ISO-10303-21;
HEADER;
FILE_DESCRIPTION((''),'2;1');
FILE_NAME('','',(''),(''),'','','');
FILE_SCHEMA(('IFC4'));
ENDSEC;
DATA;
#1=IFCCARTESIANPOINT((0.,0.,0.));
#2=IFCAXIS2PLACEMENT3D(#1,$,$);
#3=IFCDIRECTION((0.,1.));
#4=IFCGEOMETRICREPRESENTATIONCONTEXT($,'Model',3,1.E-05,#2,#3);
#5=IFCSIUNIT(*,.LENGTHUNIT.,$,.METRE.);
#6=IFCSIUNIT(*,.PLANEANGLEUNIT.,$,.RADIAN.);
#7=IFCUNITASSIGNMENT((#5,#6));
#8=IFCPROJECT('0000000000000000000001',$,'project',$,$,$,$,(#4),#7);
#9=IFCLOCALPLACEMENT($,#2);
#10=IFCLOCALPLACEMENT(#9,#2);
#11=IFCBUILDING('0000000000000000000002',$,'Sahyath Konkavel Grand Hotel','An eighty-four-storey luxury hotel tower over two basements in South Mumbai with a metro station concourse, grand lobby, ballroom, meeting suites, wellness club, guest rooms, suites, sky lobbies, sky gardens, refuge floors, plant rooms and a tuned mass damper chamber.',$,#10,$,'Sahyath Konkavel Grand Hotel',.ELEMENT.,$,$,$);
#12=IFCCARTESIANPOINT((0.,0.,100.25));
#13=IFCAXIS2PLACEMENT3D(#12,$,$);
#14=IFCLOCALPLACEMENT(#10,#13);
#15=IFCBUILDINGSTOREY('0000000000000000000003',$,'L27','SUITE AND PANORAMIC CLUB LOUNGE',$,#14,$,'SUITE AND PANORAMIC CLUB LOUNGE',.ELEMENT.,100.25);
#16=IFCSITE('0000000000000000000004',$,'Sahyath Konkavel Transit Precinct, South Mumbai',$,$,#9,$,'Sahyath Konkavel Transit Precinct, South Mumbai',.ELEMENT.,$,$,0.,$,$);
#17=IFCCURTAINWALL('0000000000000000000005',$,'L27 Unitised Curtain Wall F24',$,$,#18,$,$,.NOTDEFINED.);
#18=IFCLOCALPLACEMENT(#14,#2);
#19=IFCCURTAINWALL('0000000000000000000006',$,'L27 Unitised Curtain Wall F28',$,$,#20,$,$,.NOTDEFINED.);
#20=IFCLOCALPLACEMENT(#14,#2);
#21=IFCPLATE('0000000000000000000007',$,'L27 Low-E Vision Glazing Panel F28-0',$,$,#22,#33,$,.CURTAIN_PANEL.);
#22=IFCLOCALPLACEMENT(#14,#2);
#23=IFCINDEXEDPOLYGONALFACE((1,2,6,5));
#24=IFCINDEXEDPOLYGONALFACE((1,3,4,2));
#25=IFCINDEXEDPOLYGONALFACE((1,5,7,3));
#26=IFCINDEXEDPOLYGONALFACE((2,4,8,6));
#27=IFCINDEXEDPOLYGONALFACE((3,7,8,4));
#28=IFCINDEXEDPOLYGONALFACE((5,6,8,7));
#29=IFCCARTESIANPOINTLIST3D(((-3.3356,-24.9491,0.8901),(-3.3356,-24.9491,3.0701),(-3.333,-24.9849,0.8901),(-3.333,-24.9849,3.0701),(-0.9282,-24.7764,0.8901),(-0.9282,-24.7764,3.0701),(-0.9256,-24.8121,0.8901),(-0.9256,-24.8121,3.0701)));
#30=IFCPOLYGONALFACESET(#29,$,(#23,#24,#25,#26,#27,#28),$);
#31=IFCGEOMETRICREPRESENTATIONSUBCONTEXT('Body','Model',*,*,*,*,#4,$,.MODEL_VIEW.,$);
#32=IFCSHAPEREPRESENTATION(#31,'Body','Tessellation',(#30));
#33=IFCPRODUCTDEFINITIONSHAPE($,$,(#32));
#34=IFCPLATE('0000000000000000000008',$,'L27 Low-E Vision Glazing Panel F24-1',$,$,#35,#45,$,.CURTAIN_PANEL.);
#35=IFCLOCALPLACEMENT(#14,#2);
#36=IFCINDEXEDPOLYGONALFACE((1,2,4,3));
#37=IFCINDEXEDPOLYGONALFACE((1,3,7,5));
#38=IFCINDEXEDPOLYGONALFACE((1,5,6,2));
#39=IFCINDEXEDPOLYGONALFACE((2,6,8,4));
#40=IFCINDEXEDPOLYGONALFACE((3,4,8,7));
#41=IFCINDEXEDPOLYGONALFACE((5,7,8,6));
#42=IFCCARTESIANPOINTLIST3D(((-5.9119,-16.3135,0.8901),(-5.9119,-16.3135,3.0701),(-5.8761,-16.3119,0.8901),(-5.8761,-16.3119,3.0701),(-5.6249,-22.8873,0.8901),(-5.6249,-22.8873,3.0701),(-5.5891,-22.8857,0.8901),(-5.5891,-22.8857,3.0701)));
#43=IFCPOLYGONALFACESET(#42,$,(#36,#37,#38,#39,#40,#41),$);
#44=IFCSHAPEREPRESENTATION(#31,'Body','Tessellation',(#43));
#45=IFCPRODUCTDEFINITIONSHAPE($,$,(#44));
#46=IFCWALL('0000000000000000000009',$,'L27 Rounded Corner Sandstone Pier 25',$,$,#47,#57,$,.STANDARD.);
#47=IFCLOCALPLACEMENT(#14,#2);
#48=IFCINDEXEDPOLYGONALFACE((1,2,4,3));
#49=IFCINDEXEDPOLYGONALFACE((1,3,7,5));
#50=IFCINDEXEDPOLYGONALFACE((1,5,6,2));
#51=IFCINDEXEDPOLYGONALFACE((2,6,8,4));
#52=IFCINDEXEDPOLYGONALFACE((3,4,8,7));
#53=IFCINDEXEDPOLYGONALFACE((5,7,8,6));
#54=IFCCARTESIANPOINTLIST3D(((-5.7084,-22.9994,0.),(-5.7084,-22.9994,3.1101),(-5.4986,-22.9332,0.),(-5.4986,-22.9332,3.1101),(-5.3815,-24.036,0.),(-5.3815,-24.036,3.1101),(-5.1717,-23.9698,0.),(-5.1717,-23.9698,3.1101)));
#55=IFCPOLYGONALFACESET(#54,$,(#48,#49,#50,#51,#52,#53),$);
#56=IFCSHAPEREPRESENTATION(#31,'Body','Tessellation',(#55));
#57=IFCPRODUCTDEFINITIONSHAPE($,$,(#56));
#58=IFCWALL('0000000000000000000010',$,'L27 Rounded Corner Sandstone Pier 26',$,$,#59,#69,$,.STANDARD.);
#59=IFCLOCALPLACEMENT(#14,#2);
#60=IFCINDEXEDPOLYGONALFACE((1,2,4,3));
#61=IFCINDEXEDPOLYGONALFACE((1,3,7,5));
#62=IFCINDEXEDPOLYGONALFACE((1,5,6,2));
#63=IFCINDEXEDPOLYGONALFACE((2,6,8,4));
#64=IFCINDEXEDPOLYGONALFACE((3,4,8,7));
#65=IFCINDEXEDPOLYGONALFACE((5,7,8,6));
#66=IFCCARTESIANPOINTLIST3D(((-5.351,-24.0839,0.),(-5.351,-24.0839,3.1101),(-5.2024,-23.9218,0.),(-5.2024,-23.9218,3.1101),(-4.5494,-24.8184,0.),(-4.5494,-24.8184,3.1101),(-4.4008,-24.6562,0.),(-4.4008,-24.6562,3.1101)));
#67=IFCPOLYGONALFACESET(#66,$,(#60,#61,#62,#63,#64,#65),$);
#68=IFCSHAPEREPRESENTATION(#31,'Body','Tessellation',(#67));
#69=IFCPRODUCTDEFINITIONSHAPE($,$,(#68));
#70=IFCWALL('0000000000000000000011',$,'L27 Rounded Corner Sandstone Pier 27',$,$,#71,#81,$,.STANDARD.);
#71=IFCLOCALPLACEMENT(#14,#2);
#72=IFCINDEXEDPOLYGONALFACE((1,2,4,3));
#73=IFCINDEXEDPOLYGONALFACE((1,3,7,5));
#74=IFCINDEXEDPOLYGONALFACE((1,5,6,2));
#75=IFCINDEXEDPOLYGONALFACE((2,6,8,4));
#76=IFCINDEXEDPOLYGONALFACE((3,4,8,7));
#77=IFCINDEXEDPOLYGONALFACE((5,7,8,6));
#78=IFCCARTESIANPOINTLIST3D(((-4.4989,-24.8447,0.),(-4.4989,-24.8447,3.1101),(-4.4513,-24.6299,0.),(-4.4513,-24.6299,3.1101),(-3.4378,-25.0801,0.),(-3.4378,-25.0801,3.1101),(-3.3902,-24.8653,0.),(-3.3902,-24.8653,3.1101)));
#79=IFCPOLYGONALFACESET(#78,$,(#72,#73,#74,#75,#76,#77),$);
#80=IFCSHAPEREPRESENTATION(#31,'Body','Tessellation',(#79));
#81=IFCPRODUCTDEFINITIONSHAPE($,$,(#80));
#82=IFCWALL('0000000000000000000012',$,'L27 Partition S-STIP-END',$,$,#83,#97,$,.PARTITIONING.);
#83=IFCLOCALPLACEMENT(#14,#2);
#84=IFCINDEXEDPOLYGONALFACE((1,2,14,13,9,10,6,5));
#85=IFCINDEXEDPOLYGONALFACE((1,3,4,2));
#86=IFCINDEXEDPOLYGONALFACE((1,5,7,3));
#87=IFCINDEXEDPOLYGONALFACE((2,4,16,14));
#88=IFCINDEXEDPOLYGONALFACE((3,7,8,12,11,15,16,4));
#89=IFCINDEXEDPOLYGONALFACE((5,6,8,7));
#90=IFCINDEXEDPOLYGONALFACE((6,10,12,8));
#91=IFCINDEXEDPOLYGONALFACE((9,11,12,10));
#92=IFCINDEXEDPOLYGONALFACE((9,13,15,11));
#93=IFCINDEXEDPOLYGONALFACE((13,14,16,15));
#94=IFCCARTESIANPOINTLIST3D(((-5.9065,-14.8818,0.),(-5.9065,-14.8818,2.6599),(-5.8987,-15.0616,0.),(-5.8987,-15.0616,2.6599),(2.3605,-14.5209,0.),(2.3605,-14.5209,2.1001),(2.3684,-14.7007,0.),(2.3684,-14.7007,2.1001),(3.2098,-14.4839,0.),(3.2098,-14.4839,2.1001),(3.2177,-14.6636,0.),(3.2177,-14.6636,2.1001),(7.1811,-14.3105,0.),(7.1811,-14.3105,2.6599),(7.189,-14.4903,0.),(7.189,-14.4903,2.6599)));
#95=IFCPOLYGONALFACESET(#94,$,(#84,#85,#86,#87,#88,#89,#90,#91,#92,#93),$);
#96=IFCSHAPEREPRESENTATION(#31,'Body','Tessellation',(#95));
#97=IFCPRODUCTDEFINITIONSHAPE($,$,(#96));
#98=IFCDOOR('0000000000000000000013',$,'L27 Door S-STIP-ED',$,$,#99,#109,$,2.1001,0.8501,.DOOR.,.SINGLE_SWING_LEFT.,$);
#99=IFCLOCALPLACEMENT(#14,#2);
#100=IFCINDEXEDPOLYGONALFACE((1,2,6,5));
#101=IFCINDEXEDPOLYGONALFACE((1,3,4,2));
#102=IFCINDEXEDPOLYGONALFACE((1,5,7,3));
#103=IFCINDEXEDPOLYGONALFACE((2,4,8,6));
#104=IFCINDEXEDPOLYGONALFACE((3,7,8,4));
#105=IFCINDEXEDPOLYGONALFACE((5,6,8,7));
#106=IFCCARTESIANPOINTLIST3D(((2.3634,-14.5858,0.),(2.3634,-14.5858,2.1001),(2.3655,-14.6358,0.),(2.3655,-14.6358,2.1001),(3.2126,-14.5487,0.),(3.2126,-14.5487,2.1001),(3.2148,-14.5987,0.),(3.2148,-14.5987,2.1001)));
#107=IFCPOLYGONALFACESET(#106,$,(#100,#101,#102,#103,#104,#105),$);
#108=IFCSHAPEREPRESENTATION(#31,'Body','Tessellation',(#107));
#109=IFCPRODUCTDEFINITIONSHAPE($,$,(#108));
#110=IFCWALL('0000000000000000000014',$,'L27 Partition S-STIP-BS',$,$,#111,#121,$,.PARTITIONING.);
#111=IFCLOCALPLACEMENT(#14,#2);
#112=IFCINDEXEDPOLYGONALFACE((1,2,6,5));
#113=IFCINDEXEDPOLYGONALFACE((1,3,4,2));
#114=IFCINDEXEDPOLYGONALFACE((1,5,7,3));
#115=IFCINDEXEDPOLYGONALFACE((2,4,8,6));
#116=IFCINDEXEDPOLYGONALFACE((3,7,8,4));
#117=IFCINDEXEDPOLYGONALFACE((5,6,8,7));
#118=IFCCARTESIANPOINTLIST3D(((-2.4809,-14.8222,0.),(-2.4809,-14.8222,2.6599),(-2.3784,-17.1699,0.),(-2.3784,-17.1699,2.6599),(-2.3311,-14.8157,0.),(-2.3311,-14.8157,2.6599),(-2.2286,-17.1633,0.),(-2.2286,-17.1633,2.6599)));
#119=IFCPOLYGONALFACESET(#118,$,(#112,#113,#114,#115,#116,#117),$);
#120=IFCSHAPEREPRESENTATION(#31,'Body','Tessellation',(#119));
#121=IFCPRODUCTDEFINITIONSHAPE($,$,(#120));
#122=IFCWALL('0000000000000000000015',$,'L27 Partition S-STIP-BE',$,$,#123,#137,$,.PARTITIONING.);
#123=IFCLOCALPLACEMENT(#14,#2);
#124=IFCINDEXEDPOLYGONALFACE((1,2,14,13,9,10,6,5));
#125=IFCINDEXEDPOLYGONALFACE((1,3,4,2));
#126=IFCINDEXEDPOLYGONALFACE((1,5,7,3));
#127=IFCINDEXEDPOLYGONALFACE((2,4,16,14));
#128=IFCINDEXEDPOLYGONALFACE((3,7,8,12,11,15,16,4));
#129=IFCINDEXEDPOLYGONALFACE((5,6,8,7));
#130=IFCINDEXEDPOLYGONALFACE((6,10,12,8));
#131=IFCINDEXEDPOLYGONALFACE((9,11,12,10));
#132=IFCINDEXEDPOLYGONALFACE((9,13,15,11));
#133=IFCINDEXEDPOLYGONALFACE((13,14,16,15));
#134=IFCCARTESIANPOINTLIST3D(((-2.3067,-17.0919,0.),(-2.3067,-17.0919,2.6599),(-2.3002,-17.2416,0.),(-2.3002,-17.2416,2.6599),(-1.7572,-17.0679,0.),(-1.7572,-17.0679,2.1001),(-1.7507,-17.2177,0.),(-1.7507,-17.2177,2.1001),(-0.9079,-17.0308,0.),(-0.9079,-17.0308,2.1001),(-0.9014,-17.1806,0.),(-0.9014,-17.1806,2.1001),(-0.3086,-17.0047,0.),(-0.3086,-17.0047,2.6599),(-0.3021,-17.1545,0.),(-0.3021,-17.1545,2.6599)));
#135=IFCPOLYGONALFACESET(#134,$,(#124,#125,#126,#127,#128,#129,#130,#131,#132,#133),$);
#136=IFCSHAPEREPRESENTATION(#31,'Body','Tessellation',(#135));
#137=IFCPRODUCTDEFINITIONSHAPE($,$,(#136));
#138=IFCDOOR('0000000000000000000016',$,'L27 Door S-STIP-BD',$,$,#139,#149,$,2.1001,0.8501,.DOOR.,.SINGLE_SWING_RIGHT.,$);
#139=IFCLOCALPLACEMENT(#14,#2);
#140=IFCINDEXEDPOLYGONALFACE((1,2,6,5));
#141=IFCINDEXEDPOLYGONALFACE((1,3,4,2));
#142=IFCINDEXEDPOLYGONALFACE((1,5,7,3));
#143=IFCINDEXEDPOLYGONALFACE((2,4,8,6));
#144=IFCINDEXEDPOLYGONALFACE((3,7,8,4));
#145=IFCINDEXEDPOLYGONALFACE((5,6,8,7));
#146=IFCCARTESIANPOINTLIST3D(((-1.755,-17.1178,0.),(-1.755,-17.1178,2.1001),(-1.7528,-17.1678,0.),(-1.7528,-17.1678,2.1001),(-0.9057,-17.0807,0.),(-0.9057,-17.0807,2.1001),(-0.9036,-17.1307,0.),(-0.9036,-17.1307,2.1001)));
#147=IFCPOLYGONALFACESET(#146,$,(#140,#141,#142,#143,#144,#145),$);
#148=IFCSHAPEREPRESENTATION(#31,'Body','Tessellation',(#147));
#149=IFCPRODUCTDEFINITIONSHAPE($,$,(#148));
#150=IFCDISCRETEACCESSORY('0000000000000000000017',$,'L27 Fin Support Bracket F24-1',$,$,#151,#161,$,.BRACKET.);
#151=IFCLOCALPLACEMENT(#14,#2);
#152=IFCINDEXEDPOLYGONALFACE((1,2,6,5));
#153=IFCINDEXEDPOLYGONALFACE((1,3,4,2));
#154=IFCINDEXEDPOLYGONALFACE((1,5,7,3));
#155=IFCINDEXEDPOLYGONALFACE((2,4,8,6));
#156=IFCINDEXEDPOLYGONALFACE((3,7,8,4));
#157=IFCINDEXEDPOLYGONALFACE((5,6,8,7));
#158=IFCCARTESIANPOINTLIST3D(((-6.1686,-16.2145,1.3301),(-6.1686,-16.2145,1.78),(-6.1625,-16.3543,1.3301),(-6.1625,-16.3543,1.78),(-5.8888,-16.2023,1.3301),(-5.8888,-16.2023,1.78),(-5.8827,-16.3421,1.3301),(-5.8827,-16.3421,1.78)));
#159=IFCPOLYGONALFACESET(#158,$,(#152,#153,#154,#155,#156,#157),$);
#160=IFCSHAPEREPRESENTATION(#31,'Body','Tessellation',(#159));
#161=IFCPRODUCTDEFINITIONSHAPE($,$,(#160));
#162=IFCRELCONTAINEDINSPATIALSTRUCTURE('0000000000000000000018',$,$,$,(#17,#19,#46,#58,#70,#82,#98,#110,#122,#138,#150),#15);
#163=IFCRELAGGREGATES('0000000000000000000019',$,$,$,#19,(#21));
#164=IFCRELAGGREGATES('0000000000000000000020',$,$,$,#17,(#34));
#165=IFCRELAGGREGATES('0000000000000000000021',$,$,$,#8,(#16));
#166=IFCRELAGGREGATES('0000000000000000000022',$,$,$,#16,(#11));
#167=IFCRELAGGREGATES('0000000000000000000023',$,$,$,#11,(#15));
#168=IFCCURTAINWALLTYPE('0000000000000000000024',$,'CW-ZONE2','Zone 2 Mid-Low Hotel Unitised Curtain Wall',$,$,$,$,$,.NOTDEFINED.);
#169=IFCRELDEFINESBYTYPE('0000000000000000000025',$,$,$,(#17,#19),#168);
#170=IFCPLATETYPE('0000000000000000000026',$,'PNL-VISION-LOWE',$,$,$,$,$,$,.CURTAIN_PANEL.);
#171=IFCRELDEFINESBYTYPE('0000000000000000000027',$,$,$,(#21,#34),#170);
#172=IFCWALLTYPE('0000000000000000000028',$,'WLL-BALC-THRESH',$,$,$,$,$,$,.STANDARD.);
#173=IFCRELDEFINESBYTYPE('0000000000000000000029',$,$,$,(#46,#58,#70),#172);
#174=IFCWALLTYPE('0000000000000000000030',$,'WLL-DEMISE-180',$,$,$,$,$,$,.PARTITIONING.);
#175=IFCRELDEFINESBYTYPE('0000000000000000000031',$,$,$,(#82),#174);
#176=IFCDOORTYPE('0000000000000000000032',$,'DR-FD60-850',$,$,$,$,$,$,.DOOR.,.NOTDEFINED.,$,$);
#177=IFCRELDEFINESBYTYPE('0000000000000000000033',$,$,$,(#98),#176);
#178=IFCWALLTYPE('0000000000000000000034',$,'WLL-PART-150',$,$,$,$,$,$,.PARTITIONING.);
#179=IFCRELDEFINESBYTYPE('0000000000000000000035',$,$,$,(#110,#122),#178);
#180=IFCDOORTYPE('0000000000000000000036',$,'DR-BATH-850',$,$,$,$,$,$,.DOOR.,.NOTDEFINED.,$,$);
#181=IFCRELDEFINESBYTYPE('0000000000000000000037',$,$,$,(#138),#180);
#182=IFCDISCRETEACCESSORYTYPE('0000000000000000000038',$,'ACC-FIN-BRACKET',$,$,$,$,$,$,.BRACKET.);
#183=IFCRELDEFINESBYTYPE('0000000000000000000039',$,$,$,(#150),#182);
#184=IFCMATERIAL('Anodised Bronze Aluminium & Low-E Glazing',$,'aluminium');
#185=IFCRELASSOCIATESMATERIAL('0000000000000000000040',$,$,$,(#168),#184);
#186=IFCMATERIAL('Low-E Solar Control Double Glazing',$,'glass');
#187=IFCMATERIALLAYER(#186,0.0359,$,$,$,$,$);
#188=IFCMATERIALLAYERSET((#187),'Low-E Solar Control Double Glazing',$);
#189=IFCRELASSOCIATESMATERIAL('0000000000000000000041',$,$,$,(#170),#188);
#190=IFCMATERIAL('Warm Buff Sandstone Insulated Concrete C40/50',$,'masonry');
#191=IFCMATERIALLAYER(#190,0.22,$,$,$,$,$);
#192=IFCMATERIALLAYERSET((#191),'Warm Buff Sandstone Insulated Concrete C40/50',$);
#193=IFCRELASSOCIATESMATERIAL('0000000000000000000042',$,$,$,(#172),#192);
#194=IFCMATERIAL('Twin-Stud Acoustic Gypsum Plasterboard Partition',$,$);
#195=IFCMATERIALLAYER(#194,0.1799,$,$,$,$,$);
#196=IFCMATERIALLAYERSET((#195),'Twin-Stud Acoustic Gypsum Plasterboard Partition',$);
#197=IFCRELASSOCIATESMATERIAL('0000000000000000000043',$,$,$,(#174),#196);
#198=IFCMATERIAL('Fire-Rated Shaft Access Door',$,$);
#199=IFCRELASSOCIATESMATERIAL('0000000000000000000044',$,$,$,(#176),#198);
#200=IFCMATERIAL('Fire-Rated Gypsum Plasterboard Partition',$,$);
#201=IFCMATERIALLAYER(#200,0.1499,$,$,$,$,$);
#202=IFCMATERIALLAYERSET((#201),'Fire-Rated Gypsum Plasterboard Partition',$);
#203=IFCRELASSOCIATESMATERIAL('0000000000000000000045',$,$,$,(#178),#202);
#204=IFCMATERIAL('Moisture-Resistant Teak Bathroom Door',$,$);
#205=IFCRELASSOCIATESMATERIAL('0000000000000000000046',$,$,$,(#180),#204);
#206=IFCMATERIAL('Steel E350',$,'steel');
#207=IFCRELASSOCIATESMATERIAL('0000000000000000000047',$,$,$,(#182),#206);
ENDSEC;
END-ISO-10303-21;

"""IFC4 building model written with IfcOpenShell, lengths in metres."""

from ifc_helpers import new_model, si_unit, direction, frame, frame_2d, origin, origin_2d, place, context, subcontext, project, spatial, rectangle, extrude, source, transform, mapped, material, layer, layer_set, type_object, element, fill, aggregate, save


model = new_model("IFC4")

# Units and contexts
model_context = context("Model", 3, precision=1e-05, world=origin(), true_north=direction((0.0, 1.0)))
body_context = subcontext(model_context, "Body", "Model", "MODEL_VIEW")
ifc_project = project(units=[si_unit("LENGTHUNIT", "METRE"), si_unit("PLANEANGLEUNIT", "RADIAN")], contexts=[model_context])

# Site, building, storey
site_placement = place(None, origin())
site = spatial("IfcSite", under=ifc_project, at=site_placement, Name="Sahyath Konkavel Transit Precinct, South Mumbai", LongName="Sahyath Konkavel Transit Precinct, South Mumbai", CompositionType="ELEMENT", RefElevation=0.0)
building_placement = place(site_placement, origin())
building = spatial("IfcBuilding", under=site, at=building_placement, Name="Sahyath Konkavel Grand Hotel", Description="An eighty-four-storey luxury hotel tower over two basements in South Mumbai with a metro station concourse, grand lobby, ballroom, meeting suites, wellness club, guest rooms, suites, sky lobbies, sky gardens, refuge floors, plant rooms and a tuned mass damper chamber.", LongName="Sahyath Konkavel Grand Hotel", CompositionType="ELEMENT")
storey_placement = place(building_placement, frame((0.0, 0.0, 100.25)))
storey = spatial("IfcBuildingStorey", under=building, at=storey_placement, Name="L27", Description="SUITE AND PANORAMIC CLUB LOUNGE", LongName="SUITE AND PANORAMIC CLUB LOUNGE", CompositionType="ELEMENT", Elevation=100.25)

# Shared definitions
ifc_material_1 = material(Name="Steel E350", Category="steel")

# Curtain walls
ifc_material_2 = material(Name="Anodised Bronze Aluminium & Low-E Glazing", Category="aluminium")
curtain_wall_type = type_object("IfcCurtainWallType", Name="CW-ZONE2", Description="Zone 2 Mid-Low Hotel Unitised Curtain Wall", PredefinedType="NOTDEFINED", material=ifc_material_2)
curtain_wall_1_placement = place(storey_placement, origin())
curtain_wall_1 = element("IfcCurtainWall", 1, at=curtain_wall_1_placement, inside=storey, type_object=curtain_wall_type, Name="L27 Unitised Curtain Wall F24", PredefinedType="NOTDEFINED")
curtain_wall_2_placement = place(storey_placement, origin())
curtain_wall_2 = element("IfcCurtainWall", 2, at=curtain_wall_2_placement, inside=storey, type_object=curtain_wall_type, Name="L27 Unitised Curtain Wall F28", PredefinedType="NOTDEFINED")

# Plates
ifc_material_3 = material(Name="Low-E Solar Control Double Glazing", Category="glass")
ifc_layer_1 = layer(ifc_material_3, 0.0359)
ifc_layer_set_1 = layer_set([ifc_layer_1], Name="Low-E Solar Control Double Glazing")
plate_type_1 = type_object("IfcPlateType", Name="PNL-VISION-LOWE", PredefinedType="CURTAIN_PANEL", material=ifc_layer_set_1)
shared_shape_1 = source(origin(), body_context, "Body", "SweptSolid", [
    extrude(rectangle(XDim=2.4136, YDim=0.0359, at=origin_2d()), origin(), (0.0, 0.0, 1.0), 2.1799),
])
plate_1_placement = place(storey_placement, frame((-2.1306, -24.8806, 0.8901), z_axis=(0.0, 0.0, 1.0), x_axis=(0.997436, 0.071567, 0.0)))
plate_1 = element("IfcPlate", 3, at=plate_1_placement, type_object=plate_type_1, Name="L27 Low-E Vision Glazing Panel F28-0", PredefinedType="CURTAIN_PANEL", context=body_context, shape_type="MappedRepresentation", body=[
    mapped(shared_shape_1, transform((0.0, 0.0, 0.0), scale=1.0)),
])
aggregate(curtain_wall_2, [plate_1])
shared_shape_2 = source(origin(), body_context, "Body", "SweptSolid", [
    extrude(rectangle(XDim=6.5801, YDim=0.0359, at=origin_2d()), origin(), (0.0, 0.0, 1.0), 2.1799),
])
plate_2_placement = place(storey_placement, frame((-5.7505, -19.5996, 0.8901), z_axis=(0.0, 0.0, 1.0), x_axis=(0.043619, -0.999048, 0.0)))
plate_2 = element("IfcPlate", 4, at=plate_2_placement, type_object=plate_type_1, Name="L27 Low-E Vision Glazing Panel F24-1", PredefinedType="CURTAIN_PANEL", context=body_context, shape_type="MappedRepresentation", body=[
    mapped(shared_shape_2, transform((0.0, 0.0, 0.0), scale=1.0)),
])
aggregate(curtain_wall_1, [plate_2])

# Walls
ifc_material_4 = material(Name="Warm Buff Sandstone Insulated Concrete C40/50", Category="masonry")
ifc_layer_2 = layer(ifc_material_4, 0.22)
ifc_layer_set_2 = layer_set([ifc_layer_2], Name="Warm Buff Sandstone Insulated Concrete C40/50")
wall_type_1 = type_object("IfcWallType", Name="WLL-BALC-THRESH", PredefinedType="STANDARD", material=ifc_layer_set_2)
wall_1_placement = place(storey_placement, frame((-5.6035, -22.9663, 0.0), z_axis=(0.0, 0.0, 1.0), x_axis=(0.300755, -0.953701, 0.0)))
element("IfcWall", 5, at=wall_1_placement, inside=storey, type_object=wall_type_1, Name="L27 Rounded Corner Sandstone Pier 25", PredefinedType="STANDARD", context=body_context, shape_type="SweptSolid", body=[
    extrude(rectangle(XDim=1.0869, YDim=0.22, at=frame_2d((0.5435, 0.0))), origin(), (0.0, 0.0, 1.0), 3.1101),
])
wall_2_placement = place(storey_placement, frame((-5.2766, -24.0029, 0.0), z_axis=(0.0, 0.0, 1.0), x_axis=(0.737313, -0.675552, 0.0)))
element("IfcWall", 6, at=wall_2_placement, inside=storey, type_object=wall_type_1, Name="L27 Rounded Corner Sandstone Pier 26", PredefinedType="STANDARD", context=body_context, shape_type="SweptSolid", body=[
    extrude(rectangle(XDim=1.0872, YDim=0.22, at=frame_2d((0.5435, 0.0))), origin(), (0.0, 0.0, 1.0), 3.1101),
])
wall_3_placement = place(storey_placement, frame((-4.4751, -24.7373, 0.0), z_axis=(0.0, 0.0, 1.0), x_axis=(0.976272, -0.21655, 0.0)))
element("IfcWall", 7, at=wall_3_placement, inside=storey, type_object=wall_type_1, Name="L27 Rounded Corner Sandstone Pier 27", PredefinedType="STANDARD", context=body_context, shape_type="SweptSolid", body=[
    extrude(rectangle(XDim=1.0869, YDim=0.22, at=frame_2d((0.5435, 0.0))), origin(), (0.0, 0.0, 1.0), 3.1101),
])

# Wall, opening, door
ifc_material_5 = material(Name="Twin-Stud Acoustic Gypsum Plasterboard Partition")
ifc_layer_3 = layer(ifc_material_5, 0.1799)
ifc_layer_set_3 = layer_set([ifc_layer_3], Name="Twin-Stud Acoustic Gypsum Plasterboard Partition")
wall_type_2 = type_object("IfcWallType", Name="WLL-DEMISE-180", PredefinedType="PARTITIONING", material=ifc_layer_set_3)
wall_4_placement = place(storey_placement, frame((-5.9026, -14.9717, 0.0), z_axis=(0.0, 0.0, 1.0), x_axis=(0.999049, 0.043609, 0.0)))
wall_4 = element("IfcWall", 8, at=wall_4_placement, inside=storey, type_object=wall_type_2, Name="L27 Partition S-STIP-END", PredefinedType="PARTITIONING", context=body_context, shape_type="SweptSolid", body=[
    extrude(rectangle(XDim=13.1001, YDim=0.1799, at=frame_2d((6.55, 0.0))), origin(), (0.0, 0.0, 1.0), 2.6599),
])
opening_1_placement = place(wall_4_placement, frame((8.2749, 0.0, 0.0)))
opening_1 = element("IfcOpeningElement", 9, at=opening_1_placement, cuts=wall_4, PredefinedType="OPENING", context=body_context, shape_type="SweptSolid", body=[
    extrude(rectangle(XDim=0.8501, YDim=2.1001, at=frame_2d((0.425, 1.05))), frame((0.0, 0.1001, 0.0), z_axis=(0.0, -1.0, 0.0), x_axis=(1.0, 0.0, 0.0)), (0.0, 0.0, 1.0), 0.2),
])
ifc_material_6 = material(Name="Fire-Rated Shaft Access Door")
door_type_1 = type_object("IfcDoorType", Name="DR-FD60-850", OperationType="NOTDEFINED", PredefinedType="DOOR", material=ifc_material_6)
shared_shape_3 = source(origin(), body_context, "Body", "SweptSolid", [
    extrude(rectangle(XDim=0.8501, YDim=0.05, at=origin_2d()), origin(), (0.0, 0.0, 1.0), 2.1001),
])
door_1_placement = place(opening_1_placement, frame((0.425, 0.0, 0.0)))
door_1 = element("IfcDoor", 10, at=door_1_placement, inside=storey, type_object=door_type_1, Name="L27 Door S-STIP-ED", OperationType="SINGLE_SWING_LEFT", OverallHeight=2.1001, OverallWidth=0.8501, PredefinedType="DOOR", context=body_context, shape_type="MappedRepresentation", body=[
    mapped(shared_shape_3, transform((0.0, 0.0, 0.0), scale=1.0)),
])
fill(opening_1, door_1)

# Wall
ifc_material_7 = material(Name="Fire-Rated Gypsum Plasterboard Partition")
ifc_layer_4 = layer(ifc_material_7, 0.1499)
ifc_layer_set_4 = layer_set([ifc_layer_4], Name="Fire-Rated Gypsum Plasterboard Partition")
wall_type_3 = type_object("IfcWallType", Name="WLL-PART-150", PredefinedType="PARTITIONING", material=ifc_layer_set_4)
wall_5_placement = place(storey_placement, frame((-2.406, -14.8191, 0.0), z_axis=(0.0, 0.0, 1.0), x_axis=(0.043636, -0.999048, 0.0)))
element("IfcWall", 11, at=wall_5_placement, inside=storey, type_object=wall_type_3, Name="L27 Partition S-STIP-BS", PredefinedType="PARTITIONING", context=body_context, shape_type="SweptSolid", body=[
    extrude(rectangle(XDim=2.3499, YDim=0.1499, at=frame_2d((1.1748, 0.0))), origin(), (0.0, 0.0, 1.0), 2.6599),
])

# Wall, opening, door
wall_6_placement = place(storey_placement, frame((-2.3035, -17.1667, 0.0), z_axis=(0.0, 0.0, 1.0), x_axis=(0.99905, 0.04358, 0.0)))
wall_6 = element("IfcWall", 12, at=wall_6_placement, inside=storey, type_object=wall_type_3, Name="L27 Partition S-STIP-BE", PredefinedType="PARTITIONING", context=body_context, shape_type="SweptSolid", body=[
    extrude(rectangle(XDim=2.0, YDim=0.1499, at=frame_2d((1.0, 0.0))), origin(), (0.0, 0.0, 1.0), 2.6599),
])
opening_2_placement = place(wall_6_placement, frame((0.55, 0.0, 0.0)))
opening_2 = element("IfcOpeningElement", 13, at=opening_2_placement, cuts=wall_6, PredefinedType="OPENING", context=body_context, shape_type="SweptSolid", body=[
    extrude(rectangle(XDim=0.8501, YDim=2.1001, at=frame_2d((0.425, 1.05))), frame((0.0, 0.085, 0.0), z_axis=(0.0, -1.0, 0.0), x_axis=(1.0, 0.0, 0.0)), (0.0, 0.0, 1.0), 0.1699),
])
ifc_material_8 = material(Name="Moisture-Resistant Teak Bathroom Door")
door_type_2 = type_object("IfcDoorType", Name="DR-BATH-850", OperationType="NOTDEFINED", PredefinedType="DOOR", material=ifc_material_8)
door_2_placement = place(opening_2_placement, frame((0.425, 0.0, 0.0)))
door_2 = element("IfcDoor", 14, at=door_2_placement, inside=storey, type_object=door_type_2, Name="L27 Door S-STIP-BD", OperationType="SINGLE_SWING_RIGHT", OverallHeight=2.1001, OverallWidth=0.8501, PredefinedType="DOOR", context=body_context, shape_type="MappedRepresentation", body=[
    mapped(shared_shape_3, transform((0.0, 0.0, 0.0), scale=1.0)),
])
fill(opening_2, door_2)

# Discrete accessory
discrete_accessory_type = type_object("IfcDiscreteAccessoryType", Name="ACC-FIN-BRACKET", PredefinedType="BRACKET", material=ifc_material_1)
shared_shape_4 = source(origin(), body_context, "Body", "SweptSolid", [
    extrude(rectangle(XDim=0.28, YDim=0.1399, at=origin_2d()), origin(), (0.0, 0.0, 1.0), 0.45),
])
discrete_accessory_placement = place(storey_placement, frame((-6.0256, -16.2783, 1.3301), z_axis=(0.0, 0.0, 1.0), x_axis=(-0.999048, -0.043619, 0.0)))
element("IfcDiscreteAccessory", 15, at=discrete_accessory_placement, inside=storey, type_object=discrete_accessory_type, Name="L27 Fin Support Bracket F24-1", PredefinedType="BRACKET", context=body_context, shape_type="MappedRepresentation", body=[
    mapped(shared_shape_4, transform((0.0, 0.0, 0.0), scale=1.0)),
])

save(model, "model.ifc")
